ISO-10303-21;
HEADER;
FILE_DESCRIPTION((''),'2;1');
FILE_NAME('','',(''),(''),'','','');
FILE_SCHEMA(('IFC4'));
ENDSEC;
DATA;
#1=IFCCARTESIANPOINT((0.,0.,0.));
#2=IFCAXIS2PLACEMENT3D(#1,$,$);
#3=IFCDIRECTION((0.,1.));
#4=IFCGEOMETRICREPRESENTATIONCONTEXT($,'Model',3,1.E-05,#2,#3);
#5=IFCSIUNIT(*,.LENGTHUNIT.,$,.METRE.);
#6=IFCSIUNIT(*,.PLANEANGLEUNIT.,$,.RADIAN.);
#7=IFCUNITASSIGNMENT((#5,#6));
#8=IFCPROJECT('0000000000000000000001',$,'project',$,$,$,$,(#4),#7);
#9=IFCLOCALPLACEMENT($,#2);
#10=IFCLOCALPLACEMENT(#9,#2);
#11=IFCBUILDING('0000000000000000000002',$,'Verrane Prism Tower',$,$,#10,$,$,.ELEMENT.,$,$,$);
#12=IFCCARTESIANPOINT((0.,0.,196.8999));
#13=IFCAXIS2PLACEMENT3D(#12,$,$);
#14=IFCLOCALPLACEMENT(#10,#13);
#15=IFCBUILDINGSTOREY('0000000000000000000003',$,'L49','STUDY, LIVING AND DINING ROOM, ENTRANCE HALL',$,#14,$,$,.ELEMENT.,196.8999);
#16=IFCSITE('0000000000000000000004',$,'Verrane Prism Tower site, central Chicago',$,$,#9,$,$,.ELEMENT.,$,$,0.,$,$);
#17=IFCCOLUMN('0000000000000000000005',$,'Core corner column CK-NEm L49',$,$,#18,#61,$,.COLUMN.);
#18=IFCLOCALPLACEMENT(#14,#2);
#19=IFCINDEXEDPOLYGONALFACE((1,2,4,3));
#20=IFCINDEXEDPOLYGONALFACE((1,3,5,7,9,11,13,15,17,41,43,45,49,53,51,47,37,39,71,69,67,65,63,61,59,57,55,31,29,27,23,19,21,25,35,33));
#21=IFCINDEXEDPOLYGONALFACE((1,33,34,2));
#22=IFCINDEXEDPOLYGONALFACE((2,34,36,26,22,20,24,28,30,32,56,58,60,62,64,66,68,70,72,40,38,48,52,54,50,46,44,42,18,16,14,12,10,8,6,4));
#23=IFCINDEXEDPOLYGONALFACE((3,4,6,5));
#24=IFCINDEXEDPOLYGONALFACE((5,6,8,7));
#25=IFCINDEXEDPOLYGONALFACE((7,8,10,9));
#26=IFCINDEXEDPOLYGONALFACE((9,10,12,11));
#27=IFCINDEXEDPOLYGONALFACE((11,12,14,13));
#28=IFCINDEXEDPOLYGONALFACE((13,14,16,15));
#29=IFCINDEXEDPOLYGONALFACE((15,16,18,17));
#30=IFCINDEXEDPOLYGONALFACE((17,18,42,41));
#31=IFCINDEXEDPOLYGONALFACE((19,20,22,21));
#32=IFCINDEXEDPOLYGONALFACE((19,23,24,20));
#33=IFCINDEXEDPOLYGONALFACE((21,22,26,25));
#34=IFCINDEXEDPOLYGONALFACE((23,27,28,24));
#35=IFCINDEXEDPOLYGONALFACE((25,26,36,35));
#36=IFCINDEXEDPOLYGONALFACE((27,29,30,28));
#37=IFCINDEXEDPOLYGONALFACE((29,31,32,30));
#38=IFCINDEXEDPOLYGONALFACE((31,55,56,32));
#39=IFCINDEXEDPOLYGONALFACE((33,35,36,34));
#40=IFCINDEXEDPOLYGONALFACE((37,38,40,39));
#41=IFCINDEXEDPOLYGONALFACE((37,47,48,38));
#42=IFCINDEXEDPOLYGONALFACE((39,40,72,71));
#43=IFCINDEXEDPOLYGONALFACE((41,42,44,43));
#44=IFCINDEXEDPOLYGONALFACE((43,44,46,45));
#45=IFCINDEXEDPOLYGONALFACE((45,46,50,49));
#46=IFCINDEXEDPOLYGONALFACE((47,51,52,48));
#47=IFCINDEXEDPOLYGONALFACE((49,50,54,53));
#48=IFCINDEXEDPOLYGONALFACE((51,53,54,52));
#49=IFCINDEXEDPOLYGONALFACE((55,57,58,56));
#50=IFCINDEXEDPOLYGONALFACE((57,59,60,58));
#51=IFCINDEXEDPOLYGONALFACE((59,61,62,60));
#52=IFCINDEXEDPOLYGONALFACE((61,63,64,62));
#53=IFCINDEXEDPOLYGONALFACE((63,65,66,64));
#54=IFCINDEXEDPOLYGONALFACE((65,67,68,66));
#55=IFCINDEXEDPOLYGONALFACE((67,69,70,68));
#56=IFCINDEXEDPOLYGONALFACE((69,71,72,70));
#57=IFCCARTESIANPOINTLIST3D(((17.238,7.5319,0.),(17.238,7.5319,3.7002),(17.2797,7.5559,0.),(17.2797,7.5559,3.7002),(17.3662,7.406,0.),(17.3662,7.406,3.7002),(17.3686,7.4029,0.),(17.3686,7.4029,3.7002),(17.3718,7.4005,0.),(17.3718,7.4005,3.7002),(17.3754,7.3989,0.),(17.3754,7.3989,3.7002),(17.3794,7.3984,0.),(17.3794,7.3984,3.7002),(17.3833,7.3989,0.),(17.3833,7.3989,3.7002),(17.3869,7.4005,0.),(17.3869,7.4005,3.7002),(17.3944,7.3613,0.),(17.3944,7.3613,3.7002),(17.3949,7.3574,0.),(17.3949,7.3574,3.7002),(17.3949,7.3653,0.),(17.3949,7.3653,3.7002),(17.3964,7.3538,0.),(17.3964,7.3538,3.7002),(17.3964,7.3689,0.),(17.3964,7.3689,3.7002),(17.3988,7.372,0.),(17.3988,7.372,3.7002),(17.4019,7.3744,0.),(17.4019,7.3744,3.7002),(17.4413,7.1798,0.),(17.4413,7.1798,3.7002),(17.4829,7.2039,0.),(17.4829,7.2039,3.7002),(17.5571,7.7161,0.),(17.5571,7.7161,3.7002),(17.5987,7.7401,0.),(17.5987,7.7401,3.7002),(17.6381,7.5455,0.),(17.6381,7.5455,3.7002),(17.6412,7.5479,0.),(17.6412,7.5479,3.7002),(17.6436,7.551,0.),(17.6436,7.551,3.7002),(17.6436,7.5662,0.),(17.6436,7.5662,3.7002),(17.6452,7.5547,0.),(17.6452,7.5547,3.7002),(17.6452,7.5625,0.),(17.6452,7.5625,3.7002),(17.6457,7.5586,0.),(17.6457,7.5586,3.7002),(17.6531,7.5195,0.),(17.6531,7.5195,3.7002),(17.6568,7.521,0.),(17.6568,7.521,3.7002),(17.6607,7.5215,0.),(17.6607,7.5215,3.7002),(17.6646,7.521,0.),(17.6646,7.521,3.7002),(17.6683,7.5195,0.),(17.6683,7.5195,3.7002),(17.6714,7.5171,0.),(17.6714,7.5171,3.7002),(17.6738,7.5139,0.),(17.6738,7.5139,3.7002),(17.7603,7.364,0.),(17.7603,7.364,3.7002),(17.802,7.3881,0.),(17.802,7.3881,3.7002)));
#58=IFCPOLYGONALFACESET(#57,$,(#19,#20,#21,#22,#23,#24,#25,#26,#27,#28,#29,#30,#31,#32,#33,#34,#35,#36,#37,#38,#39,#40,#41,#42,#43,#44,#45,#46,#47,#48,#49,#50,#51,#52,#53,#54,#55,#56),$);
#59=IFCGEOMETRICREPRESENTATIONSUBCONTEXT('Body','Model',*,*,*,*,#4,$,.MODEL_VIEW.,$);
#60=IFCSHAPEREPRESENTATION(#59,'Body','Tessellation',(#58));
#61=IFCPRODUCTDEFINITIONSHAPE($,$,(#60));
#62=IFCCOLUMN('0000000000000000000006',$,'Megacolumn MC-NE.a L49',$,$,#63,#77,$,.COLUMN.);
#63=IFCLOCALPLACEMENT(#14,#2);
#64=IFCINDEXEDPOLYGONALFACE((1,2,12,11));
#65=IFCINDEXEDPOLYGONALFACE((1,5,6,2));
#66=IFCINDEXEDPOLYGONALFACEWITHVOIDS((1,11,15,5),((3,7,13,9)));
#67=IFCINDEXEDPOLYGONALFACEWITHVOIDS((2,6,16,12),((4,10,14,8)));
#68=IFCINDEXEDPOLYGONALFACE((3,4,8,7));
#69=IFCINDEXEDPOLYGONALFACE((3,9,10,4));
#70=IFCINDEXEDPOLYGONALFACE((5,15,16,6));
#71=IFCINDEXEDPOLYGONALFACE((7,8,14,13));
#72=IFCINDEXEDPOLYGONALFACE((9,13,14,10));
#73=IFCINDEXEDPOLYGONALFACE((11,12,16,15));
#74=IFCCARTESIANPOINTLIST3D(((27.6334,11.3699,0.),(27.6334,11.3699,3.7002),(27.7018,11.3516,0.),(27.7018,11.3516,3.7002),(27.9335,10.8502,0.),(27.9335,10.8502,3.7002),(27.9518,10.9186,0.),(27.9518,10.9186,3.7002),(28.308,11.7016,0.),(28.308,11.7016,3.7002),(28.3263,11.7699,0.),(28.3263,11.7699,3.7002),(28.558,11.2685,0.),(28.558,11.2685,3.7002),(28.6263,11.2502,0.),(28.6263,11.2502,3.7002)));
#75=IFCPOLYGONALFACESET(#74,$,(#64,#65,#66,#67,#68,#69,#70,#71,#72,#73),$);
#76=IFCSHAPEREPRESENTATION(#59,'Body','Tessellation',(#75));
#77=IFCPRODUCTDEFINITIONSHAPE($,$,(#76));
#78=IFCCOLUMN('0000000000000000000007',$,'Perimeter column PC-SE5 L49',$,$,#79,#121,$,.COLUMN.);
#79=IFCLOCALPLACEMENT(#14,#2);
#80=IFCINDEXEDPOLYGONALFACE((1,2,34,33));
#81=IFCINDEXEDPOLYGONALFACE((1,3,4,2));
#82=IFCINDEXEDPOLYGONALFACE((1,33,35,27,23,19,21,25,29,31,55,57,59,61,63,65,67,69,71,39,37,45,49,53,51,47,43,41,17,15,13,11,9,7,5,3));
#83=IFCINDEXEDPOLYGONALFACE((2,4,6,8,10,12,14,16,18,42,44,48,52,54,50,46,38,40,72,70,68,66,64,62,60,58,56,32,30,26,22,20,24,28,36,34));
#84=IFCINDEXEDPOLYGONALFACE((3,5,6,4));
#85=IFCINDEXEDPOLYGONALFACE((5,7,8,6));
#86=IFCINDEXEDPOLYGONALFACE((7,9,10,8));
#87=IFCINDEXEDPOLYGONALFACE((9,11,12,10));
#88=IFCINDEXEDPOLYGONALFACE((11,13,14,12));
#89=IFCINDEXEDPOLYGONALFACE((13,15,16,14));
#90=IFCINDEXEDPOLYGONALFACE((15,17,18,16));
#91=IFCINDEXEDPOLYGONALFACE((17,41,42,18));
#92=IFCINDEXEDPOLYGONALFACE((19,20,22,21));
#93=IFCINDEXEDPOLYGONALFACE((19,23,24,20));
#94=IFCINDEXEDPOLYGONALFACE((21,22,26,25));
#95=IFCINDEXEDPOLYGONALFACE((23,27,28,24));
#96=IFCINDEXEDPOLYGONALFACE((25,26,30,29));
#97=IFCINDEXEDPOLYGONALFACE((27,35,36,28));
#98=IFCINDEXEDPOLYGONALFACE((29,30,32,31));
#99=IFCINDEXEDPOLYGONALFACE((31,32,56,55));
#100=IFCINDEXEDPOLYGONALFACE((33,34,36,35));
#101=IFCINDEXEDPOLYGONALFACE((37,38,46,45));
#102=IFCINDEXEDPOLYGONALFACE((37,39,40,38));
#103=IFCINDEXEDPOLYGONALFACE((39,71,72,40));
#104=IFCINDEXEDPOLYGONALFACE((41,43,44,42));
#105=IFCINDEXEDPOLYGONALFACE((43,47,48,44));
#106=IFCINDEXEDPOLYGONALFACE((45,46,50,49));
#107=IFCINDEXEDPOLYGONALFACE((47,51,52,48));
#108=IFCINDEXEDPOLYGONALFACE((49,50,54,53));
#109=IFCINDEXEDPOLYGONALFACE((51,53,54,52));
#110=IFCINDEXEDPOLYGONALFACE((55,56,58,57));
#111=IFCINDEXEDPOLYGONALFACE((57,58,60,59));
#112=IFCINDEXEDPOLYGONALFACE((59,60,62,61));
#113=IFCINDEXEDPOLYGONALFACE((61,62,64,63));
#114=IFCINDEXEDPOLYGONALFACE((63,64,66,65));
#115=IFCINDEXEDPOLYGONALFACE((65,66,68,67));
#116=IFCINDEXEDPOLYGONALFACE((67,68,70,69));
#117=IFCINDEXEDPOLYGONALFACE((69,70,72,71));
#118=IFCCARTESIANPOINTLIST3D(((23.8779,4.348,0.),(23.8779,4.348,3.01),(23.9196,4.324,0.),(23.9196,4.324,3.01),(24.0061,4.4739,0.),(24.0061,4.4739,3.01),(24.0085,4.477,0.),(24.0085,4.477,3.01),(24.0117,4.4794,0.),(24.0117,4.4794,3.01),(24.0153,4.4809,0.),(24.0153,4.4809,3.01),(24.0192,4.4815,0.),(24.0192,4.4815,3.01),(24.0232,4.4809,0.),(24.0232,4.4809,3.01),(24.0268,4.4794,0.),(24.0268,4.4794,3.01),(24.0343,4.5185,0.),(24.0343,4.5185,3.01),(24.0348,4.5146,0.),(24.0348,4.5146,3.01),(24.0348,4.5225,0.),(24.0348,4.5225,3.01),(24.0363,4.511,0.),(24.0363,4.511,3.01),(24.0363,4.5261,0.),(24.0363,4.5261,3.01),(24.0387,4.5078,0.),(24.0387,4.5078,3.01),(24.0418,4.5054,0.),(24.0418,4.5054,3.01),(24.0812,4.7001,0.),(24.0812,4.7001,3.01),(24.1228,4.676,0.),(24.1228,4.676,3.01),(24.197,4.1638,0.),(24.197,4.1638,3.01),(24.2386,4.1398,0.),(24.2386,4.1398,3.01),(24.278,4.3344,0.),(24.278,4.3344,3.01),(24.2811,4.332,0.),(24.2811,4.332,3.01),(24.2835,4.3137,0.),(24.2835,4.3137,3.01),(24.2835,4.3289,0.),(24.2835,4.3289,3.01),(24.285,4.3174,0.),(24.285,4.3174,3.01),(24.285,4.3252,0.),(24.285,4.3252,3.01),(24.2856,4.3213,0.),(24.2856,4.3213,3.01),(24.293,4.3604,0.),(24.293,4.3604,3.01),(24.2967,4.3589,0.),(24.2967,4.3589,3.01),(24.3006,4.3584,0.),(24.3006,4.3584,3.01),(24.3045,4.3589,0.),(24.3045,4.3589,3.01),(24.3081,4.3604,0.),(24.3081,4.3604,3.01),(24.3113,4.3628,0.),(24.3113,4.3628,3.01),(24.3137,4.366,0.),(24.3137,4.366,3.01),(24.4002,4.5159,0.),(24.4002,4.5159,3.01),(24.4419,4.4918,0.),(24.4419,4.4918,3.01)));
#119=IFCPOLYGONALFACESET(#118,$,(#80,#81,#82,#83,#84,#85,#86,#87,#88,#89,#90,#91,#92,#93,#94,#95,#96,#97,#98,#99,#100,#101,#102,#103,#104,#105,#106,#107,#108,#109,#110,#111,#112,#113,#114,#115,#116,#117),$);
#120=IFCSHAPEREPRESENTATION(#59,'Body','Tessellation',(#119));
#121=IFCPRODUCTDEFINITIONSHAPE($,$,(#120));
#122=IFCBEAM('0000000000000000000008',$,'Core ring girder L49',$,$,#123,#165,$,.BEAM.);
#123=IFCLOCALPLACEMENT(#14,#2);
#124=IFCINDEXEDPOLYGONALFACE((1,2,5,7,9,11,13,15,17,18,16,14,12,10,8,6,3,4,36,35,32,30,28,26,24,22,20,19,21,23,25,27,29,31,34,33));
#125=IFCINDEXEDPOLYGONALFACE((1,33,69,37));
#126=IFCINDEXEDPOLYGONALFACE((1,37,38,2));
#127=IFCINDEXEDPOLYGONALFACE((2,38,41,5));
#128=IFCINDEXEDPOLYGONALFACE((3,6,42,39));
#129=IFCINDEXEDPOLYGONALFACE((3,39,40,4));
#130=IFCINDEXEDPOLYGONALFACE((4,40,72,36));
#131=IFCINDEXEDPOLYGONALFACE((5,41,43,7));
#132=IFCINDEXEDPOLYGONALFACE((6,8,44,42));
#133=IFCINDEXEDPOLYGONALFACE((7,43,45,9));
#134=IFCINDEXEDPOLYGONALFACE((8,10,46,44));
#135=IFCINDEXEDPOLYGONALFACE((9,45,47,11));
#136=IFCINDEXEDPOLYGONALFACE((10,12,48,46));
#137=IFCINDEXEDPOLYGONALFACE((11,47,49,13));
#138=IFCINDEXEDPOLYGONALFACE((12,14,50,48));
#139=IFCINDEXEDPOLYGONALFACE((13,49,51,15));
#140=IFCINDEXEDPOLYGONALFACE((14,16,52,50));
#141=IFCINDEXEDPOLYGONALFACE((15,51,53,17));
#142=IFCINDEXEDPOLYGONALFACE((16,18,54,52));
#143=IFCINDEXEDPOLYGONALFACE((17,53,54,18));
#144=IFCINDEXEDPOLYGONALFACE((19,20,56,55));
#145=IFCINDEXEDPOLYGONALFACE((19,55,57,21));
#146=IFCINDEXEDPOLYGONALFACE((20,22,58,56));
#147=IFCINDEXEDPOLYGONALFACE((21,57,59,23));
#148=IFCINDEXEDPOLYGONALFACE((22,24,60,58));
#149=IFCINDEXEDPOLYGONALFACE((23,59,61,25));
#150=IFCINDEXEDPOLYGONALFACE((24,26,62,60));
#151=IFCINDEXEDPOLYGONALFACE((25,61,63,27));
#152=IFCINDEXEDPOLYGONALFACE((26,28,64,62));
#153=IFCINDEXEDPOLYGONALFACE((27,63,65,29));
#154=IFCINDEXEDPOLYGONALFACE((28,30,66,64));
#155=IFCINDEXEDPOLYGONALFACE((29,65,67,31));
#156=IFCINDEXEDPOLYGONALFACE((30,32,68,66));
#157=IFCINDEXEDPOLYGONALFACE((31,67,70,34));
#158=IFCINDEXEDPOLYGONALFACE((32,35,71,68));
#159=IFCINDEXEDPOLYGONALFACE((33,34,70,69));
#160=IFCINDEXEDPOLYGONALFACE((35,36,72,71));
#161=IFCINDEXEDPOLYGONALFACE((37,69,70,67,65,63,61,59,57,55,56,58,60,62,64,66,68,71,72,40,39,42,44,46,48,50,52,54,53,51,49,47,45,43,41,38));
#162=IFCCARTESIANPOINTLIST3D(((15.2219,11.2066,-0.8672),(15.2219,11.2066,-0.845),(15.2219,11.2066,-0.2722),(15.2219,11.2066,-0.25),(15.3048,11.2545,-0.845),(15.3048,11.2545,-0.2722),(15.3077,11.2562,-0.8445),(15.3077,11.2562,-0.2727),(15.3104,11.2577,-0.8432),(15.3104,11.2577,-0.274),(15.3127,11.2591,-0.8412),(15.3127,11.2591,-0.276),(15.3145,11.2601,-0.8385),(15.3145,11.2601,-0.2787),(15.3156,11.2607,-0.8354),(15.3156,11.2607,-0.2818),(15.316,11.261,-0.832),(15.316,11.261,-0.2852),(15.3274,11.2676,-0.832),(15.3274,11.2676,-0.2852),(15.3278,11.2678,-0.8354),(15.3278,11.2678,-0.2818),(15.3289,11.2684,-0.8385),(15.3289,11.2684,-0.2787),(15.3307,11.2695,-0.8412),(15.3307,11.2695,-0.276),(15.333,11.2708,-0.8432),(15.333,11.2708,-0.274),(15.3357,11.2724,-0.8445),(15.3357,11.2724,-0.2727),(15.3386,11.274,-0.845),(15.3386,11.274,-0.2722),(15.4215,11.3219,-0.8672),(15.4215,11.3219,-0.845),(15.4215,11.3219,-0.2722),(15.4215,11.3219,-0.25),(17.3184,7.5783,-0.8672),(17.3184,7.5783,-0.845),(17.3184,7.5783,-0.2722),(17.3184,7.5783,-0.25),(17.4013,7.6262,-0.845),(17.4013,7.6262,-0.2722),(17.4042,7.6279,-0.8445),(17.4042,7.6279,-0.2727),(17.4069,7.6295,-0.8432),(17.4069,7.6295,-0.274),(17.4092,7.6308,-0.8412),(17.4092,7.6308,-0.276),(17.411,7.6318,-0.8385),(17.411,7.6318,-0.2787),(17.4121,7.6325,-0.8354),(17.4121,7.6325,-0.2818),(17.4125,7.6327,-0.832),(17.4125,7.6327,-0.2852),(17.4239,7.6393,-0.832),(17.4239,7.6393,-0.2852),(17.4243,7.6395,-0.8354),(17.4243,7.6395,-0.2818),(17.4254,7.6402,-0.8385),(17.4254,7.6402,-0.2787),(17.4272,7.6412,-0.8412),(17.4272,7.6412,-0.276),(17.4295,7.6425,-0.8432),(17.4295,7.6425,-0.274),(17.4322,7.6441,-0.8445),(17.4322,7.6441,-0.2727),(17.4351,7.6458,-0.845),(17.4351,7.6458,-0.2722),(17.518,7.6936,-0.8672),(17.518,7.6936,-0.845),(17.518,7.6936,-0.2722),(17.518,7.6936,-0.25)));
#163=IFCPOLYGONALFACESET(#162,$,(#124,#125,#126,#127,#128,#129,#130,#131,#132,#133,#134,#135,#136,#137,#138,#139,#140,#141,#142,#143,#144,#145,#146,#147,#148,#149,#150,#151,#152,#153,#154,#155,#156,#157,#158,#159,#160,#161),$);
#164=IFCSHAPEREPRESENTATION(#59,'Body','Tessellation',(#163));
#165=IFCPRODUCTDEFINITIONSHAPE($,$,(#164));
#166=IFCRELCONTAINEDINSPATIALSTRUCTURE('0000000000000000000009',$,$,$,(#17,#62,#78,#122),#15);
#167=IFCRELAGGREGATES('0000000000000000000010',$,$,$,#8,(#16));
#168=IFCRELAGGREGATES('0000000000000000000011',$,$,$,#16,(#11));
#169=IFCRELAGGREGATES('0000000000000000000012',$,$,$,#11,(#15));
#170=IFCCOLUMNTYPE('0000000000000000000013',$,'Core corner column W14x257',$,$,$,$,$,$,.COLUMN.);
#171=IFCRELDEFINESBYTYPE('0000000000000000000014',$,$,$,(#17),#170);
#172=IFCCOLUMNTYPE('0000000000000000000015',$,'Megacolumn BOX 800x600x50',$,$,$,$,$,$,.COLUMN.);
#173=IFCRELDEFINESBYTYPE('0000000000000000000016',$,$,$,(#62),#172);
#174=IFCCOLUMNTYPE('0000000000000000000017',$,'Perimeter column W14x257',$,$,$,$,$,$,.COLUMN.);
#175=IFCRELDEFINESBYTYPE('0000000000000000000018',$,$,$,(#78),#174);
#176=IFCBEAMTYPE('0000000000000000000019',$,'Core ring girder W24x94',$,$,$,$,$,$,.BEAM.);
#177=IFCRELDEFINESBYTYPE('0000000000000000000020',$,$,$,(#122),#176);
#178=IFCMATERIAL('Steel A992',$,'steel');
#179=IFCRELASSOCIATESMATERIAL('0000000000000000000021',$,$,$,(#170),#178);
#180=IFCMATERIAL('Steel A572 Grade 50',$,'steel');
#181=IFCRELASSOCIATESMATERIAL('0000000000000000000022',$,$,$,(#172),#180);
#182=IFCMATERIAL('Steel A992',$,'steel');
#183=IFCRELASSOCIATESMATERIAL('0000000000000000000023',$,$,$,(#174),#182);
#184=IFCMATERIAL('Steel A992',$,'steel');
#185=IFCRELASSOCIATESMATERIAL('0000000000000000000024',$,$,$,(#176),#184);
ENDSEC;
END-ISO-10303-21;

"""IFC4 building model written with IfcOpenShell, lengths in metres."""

from ifc_helpers import new_model, si_unit, direction, frame, origin, origin_2d, place, context, subcontext, project, spatial, hollow_rectangle, i_section, extrude, material, material_profile, profile_set, type_object, element, save


model = new_model("IFC4")

# Units and contexts
model_context = context("Model", 3, precision=1e-05, world=origin(), true_north=direction((0.0, 1.0)))
body_context = subcontext(model_context, "Body", "Model", "MODEL_VIEW")
ifc_project = project(units=[si_unit("LENGTHUNIT", "METRE"), si_unit("PLANEANGLEUNIT", "RADIAN")], contexts=[model_context])

# Site, building, storey
site_placement = place(None, origin())
site = spatial("IfcSite", under=ifc_project, at=site_placement, Name="Verrane Prism Tower site, central Chicago", CompositionType="ELEMENT", RefElevation=0.0)
building_placement = place(site_placement, origin())
building = spatial("IfcBuilding", under=site, at=building_placement, Name="Verrane Prism Tower", CompositionType="ELEMENT")
storey_placement = place(building_placement, frame((0.0, 0.0, 196.8999)))
storey = spatial("IfcBuildingStorey", under=building, at=storey_placement, Name="L49", Description="STUDY, LIVING AND DINING ROOM, ENTRANCE HALL", CompositionType="ELEMENT", Elevation=196.8999)

# Columns
ifc_material_1 = material(Name="Steel A992", Category="steel")
ifc_material_profile_1 = material_profile(ifc_material_1, i_section(OverallWidth=0.4065, OverallDepth=0.4165, WebThickness=0.03, FlangeThickness=0.0481, FilletRadius=0.0151, at=origin_2d()), Name="W14x257")
ifc_profile_set_1 = profile_set([ifc_material_profile_1], Name="Steel A992")
column_type_1 = type_object("IfcColumnType", Name="Core corner column W14x257", PredefinedType="COLUMN", material=ifc_profile_set_1)
column_1_placement = place(storey_placement, frame((17.52, 7.46, 0.0), z_axis=(0.0, 0.0, 1.0), x_axis=(0.5, -0.866025, 0.0)))
element("IfcColumn", 1, at=column_1_placement, inside=storey, type_object=column_type_1, Name="Core corner column CK-NEm L49", PredefinedType="COLUMN", context=body_context, shape_type="SweptSolid", body=[
    extrude(i_section(OverallWidth=0.4065, OverallDepth=0.4165, WebThickness=0.03, FlangeThickness=0.0481, FilletRadius=0.0151, at=origin_2d()), origin(), (0.0, 0.0, 1.0), 3.7002),
])
ifc_material_2 = material(Name="Steel A572 Grade 50", Category="steel")
ifc_material_profile_2 = material_profile(ifc_material_2, hollow_rectangle(XDim=0.6001, YDim=0.8, WallThickness=0.05, at=origin_2d()), Name="BOX 800x600x50")
ifc_profile_set_2 = profile_set([ifc_material_profile_2], Name="Steel A572 Grade 50")
column_type_2 = type_object("IfcColumnType", Name="Megacolumn BOX 800x600x50", PredefinedType="COLUMN", material=ifc_profile_set_2)
column_2_placement = place(storey_placement, frame((28.1299, 11.3101, 0.0), z_axis=(0.0, 0.0, 1.0), x_axis=(0.5, -0.866025, 0.0)))
element("IfcColumn", 2, at=column_2_placement, inside=storey, type_object=column_type_2, Name="Megacolumn MC-NE.a L49", PredefinedType="COLUMN", context=body_context, shape_type="SweptSolid", body=[
    extrude(hollow_rectangle(XDim=0.6001, YDim=0.8, WallThickness=0.05, at=origin_2d()), origin(), (0.0, 0.0, 1.0), 3.7002),
])
ifc_material_3 = material(Name="Steel A992", Category="steel")
ifc_material_profile_3 = material_profile(ifc_material_3, i_section(OverallWidth=0.4065, OverallDepth=0.4165, WebThickness=0.03, FlangeThickness=0.0481, FilletRadius=0.0151, at=origin_2d()), Name="W14x257")
ifc_profile_set_3 = profile_set([ifc_material_profile_3], Name="Steel A992")
column_type_3 = type_object("IfcColumnType", Name="Perimeter column W14x257", PredefinedType="COLUMN", material=ifc_profile_set_3)
column_3_placement = place(storey_placement, frame((24.1599, 4.4199, 0.0), z_axis=(0.0, 0.0, 1.0), x_axis=(-0.5, -0.866025, 0.0)))
element("IfcColumn", 3, at=column_3_placement, inside=storey, type_object=column_type_3, Name="Perimeter column PC-SE5 L49", PredefinedType="COLUMN", context=body_context, shape_type="SweptSolid", body=[
    extrude(i_section(OverallWidth=0.4065, OverallDepth=0.4165, WebThickness=0.03, FlangeThickness=0.0481, FilletRadius=0.0151, at=origin_2d()), origin(), (0.0, 0.0, 1.0), 3.01),
])

# Beam
ifc_material_4 = material(Name="Steel A992", Category="steel")
ifc_material_profile_4 = material_profile(ifc_material_4, i_section(OverallWidth=0.2305, OverallDepth=0.6172, WebThickness=0.0132, FlangeThickness=0.0222, FilletRadius=0.0129, at=origin_2d()), Name="W24x94")
ifc_profile_set_4 = profile_set([ifc_material_profile_4], Name="Steel A992")
beam_type_1 = type_object("IfcBeamType", Name="Core ring girder W24x94", PredefinedType="BEAM", material=ifc_profile_set_4)
beam_1_placement = place(storey_placement, frame((17.4182, 7.636, -0.5586), z_axis=(-0.500306, 0.865849, 0.0), x_axis=(-0.865849, -0.500306, 0.0)))
element("IfcBeam", 4, at=beam_1_placement, inside=storey, type_object=beam_type_1, Name="Core ring girder L49", PredefinedType="BEAM", context=body_context, shape_type="SweptSolid", body=[
    extrude(i_section(OverallWidth=0.2305, OverallDepth=0.6172, WebThickness=0.0132, FlangeThickness=0.0222, FilletRadius=0.0129, at=origin_2d()), origin(), (0.0, 0.0, 1.0), 4.1904),
])

save(model, "model.ifc")
